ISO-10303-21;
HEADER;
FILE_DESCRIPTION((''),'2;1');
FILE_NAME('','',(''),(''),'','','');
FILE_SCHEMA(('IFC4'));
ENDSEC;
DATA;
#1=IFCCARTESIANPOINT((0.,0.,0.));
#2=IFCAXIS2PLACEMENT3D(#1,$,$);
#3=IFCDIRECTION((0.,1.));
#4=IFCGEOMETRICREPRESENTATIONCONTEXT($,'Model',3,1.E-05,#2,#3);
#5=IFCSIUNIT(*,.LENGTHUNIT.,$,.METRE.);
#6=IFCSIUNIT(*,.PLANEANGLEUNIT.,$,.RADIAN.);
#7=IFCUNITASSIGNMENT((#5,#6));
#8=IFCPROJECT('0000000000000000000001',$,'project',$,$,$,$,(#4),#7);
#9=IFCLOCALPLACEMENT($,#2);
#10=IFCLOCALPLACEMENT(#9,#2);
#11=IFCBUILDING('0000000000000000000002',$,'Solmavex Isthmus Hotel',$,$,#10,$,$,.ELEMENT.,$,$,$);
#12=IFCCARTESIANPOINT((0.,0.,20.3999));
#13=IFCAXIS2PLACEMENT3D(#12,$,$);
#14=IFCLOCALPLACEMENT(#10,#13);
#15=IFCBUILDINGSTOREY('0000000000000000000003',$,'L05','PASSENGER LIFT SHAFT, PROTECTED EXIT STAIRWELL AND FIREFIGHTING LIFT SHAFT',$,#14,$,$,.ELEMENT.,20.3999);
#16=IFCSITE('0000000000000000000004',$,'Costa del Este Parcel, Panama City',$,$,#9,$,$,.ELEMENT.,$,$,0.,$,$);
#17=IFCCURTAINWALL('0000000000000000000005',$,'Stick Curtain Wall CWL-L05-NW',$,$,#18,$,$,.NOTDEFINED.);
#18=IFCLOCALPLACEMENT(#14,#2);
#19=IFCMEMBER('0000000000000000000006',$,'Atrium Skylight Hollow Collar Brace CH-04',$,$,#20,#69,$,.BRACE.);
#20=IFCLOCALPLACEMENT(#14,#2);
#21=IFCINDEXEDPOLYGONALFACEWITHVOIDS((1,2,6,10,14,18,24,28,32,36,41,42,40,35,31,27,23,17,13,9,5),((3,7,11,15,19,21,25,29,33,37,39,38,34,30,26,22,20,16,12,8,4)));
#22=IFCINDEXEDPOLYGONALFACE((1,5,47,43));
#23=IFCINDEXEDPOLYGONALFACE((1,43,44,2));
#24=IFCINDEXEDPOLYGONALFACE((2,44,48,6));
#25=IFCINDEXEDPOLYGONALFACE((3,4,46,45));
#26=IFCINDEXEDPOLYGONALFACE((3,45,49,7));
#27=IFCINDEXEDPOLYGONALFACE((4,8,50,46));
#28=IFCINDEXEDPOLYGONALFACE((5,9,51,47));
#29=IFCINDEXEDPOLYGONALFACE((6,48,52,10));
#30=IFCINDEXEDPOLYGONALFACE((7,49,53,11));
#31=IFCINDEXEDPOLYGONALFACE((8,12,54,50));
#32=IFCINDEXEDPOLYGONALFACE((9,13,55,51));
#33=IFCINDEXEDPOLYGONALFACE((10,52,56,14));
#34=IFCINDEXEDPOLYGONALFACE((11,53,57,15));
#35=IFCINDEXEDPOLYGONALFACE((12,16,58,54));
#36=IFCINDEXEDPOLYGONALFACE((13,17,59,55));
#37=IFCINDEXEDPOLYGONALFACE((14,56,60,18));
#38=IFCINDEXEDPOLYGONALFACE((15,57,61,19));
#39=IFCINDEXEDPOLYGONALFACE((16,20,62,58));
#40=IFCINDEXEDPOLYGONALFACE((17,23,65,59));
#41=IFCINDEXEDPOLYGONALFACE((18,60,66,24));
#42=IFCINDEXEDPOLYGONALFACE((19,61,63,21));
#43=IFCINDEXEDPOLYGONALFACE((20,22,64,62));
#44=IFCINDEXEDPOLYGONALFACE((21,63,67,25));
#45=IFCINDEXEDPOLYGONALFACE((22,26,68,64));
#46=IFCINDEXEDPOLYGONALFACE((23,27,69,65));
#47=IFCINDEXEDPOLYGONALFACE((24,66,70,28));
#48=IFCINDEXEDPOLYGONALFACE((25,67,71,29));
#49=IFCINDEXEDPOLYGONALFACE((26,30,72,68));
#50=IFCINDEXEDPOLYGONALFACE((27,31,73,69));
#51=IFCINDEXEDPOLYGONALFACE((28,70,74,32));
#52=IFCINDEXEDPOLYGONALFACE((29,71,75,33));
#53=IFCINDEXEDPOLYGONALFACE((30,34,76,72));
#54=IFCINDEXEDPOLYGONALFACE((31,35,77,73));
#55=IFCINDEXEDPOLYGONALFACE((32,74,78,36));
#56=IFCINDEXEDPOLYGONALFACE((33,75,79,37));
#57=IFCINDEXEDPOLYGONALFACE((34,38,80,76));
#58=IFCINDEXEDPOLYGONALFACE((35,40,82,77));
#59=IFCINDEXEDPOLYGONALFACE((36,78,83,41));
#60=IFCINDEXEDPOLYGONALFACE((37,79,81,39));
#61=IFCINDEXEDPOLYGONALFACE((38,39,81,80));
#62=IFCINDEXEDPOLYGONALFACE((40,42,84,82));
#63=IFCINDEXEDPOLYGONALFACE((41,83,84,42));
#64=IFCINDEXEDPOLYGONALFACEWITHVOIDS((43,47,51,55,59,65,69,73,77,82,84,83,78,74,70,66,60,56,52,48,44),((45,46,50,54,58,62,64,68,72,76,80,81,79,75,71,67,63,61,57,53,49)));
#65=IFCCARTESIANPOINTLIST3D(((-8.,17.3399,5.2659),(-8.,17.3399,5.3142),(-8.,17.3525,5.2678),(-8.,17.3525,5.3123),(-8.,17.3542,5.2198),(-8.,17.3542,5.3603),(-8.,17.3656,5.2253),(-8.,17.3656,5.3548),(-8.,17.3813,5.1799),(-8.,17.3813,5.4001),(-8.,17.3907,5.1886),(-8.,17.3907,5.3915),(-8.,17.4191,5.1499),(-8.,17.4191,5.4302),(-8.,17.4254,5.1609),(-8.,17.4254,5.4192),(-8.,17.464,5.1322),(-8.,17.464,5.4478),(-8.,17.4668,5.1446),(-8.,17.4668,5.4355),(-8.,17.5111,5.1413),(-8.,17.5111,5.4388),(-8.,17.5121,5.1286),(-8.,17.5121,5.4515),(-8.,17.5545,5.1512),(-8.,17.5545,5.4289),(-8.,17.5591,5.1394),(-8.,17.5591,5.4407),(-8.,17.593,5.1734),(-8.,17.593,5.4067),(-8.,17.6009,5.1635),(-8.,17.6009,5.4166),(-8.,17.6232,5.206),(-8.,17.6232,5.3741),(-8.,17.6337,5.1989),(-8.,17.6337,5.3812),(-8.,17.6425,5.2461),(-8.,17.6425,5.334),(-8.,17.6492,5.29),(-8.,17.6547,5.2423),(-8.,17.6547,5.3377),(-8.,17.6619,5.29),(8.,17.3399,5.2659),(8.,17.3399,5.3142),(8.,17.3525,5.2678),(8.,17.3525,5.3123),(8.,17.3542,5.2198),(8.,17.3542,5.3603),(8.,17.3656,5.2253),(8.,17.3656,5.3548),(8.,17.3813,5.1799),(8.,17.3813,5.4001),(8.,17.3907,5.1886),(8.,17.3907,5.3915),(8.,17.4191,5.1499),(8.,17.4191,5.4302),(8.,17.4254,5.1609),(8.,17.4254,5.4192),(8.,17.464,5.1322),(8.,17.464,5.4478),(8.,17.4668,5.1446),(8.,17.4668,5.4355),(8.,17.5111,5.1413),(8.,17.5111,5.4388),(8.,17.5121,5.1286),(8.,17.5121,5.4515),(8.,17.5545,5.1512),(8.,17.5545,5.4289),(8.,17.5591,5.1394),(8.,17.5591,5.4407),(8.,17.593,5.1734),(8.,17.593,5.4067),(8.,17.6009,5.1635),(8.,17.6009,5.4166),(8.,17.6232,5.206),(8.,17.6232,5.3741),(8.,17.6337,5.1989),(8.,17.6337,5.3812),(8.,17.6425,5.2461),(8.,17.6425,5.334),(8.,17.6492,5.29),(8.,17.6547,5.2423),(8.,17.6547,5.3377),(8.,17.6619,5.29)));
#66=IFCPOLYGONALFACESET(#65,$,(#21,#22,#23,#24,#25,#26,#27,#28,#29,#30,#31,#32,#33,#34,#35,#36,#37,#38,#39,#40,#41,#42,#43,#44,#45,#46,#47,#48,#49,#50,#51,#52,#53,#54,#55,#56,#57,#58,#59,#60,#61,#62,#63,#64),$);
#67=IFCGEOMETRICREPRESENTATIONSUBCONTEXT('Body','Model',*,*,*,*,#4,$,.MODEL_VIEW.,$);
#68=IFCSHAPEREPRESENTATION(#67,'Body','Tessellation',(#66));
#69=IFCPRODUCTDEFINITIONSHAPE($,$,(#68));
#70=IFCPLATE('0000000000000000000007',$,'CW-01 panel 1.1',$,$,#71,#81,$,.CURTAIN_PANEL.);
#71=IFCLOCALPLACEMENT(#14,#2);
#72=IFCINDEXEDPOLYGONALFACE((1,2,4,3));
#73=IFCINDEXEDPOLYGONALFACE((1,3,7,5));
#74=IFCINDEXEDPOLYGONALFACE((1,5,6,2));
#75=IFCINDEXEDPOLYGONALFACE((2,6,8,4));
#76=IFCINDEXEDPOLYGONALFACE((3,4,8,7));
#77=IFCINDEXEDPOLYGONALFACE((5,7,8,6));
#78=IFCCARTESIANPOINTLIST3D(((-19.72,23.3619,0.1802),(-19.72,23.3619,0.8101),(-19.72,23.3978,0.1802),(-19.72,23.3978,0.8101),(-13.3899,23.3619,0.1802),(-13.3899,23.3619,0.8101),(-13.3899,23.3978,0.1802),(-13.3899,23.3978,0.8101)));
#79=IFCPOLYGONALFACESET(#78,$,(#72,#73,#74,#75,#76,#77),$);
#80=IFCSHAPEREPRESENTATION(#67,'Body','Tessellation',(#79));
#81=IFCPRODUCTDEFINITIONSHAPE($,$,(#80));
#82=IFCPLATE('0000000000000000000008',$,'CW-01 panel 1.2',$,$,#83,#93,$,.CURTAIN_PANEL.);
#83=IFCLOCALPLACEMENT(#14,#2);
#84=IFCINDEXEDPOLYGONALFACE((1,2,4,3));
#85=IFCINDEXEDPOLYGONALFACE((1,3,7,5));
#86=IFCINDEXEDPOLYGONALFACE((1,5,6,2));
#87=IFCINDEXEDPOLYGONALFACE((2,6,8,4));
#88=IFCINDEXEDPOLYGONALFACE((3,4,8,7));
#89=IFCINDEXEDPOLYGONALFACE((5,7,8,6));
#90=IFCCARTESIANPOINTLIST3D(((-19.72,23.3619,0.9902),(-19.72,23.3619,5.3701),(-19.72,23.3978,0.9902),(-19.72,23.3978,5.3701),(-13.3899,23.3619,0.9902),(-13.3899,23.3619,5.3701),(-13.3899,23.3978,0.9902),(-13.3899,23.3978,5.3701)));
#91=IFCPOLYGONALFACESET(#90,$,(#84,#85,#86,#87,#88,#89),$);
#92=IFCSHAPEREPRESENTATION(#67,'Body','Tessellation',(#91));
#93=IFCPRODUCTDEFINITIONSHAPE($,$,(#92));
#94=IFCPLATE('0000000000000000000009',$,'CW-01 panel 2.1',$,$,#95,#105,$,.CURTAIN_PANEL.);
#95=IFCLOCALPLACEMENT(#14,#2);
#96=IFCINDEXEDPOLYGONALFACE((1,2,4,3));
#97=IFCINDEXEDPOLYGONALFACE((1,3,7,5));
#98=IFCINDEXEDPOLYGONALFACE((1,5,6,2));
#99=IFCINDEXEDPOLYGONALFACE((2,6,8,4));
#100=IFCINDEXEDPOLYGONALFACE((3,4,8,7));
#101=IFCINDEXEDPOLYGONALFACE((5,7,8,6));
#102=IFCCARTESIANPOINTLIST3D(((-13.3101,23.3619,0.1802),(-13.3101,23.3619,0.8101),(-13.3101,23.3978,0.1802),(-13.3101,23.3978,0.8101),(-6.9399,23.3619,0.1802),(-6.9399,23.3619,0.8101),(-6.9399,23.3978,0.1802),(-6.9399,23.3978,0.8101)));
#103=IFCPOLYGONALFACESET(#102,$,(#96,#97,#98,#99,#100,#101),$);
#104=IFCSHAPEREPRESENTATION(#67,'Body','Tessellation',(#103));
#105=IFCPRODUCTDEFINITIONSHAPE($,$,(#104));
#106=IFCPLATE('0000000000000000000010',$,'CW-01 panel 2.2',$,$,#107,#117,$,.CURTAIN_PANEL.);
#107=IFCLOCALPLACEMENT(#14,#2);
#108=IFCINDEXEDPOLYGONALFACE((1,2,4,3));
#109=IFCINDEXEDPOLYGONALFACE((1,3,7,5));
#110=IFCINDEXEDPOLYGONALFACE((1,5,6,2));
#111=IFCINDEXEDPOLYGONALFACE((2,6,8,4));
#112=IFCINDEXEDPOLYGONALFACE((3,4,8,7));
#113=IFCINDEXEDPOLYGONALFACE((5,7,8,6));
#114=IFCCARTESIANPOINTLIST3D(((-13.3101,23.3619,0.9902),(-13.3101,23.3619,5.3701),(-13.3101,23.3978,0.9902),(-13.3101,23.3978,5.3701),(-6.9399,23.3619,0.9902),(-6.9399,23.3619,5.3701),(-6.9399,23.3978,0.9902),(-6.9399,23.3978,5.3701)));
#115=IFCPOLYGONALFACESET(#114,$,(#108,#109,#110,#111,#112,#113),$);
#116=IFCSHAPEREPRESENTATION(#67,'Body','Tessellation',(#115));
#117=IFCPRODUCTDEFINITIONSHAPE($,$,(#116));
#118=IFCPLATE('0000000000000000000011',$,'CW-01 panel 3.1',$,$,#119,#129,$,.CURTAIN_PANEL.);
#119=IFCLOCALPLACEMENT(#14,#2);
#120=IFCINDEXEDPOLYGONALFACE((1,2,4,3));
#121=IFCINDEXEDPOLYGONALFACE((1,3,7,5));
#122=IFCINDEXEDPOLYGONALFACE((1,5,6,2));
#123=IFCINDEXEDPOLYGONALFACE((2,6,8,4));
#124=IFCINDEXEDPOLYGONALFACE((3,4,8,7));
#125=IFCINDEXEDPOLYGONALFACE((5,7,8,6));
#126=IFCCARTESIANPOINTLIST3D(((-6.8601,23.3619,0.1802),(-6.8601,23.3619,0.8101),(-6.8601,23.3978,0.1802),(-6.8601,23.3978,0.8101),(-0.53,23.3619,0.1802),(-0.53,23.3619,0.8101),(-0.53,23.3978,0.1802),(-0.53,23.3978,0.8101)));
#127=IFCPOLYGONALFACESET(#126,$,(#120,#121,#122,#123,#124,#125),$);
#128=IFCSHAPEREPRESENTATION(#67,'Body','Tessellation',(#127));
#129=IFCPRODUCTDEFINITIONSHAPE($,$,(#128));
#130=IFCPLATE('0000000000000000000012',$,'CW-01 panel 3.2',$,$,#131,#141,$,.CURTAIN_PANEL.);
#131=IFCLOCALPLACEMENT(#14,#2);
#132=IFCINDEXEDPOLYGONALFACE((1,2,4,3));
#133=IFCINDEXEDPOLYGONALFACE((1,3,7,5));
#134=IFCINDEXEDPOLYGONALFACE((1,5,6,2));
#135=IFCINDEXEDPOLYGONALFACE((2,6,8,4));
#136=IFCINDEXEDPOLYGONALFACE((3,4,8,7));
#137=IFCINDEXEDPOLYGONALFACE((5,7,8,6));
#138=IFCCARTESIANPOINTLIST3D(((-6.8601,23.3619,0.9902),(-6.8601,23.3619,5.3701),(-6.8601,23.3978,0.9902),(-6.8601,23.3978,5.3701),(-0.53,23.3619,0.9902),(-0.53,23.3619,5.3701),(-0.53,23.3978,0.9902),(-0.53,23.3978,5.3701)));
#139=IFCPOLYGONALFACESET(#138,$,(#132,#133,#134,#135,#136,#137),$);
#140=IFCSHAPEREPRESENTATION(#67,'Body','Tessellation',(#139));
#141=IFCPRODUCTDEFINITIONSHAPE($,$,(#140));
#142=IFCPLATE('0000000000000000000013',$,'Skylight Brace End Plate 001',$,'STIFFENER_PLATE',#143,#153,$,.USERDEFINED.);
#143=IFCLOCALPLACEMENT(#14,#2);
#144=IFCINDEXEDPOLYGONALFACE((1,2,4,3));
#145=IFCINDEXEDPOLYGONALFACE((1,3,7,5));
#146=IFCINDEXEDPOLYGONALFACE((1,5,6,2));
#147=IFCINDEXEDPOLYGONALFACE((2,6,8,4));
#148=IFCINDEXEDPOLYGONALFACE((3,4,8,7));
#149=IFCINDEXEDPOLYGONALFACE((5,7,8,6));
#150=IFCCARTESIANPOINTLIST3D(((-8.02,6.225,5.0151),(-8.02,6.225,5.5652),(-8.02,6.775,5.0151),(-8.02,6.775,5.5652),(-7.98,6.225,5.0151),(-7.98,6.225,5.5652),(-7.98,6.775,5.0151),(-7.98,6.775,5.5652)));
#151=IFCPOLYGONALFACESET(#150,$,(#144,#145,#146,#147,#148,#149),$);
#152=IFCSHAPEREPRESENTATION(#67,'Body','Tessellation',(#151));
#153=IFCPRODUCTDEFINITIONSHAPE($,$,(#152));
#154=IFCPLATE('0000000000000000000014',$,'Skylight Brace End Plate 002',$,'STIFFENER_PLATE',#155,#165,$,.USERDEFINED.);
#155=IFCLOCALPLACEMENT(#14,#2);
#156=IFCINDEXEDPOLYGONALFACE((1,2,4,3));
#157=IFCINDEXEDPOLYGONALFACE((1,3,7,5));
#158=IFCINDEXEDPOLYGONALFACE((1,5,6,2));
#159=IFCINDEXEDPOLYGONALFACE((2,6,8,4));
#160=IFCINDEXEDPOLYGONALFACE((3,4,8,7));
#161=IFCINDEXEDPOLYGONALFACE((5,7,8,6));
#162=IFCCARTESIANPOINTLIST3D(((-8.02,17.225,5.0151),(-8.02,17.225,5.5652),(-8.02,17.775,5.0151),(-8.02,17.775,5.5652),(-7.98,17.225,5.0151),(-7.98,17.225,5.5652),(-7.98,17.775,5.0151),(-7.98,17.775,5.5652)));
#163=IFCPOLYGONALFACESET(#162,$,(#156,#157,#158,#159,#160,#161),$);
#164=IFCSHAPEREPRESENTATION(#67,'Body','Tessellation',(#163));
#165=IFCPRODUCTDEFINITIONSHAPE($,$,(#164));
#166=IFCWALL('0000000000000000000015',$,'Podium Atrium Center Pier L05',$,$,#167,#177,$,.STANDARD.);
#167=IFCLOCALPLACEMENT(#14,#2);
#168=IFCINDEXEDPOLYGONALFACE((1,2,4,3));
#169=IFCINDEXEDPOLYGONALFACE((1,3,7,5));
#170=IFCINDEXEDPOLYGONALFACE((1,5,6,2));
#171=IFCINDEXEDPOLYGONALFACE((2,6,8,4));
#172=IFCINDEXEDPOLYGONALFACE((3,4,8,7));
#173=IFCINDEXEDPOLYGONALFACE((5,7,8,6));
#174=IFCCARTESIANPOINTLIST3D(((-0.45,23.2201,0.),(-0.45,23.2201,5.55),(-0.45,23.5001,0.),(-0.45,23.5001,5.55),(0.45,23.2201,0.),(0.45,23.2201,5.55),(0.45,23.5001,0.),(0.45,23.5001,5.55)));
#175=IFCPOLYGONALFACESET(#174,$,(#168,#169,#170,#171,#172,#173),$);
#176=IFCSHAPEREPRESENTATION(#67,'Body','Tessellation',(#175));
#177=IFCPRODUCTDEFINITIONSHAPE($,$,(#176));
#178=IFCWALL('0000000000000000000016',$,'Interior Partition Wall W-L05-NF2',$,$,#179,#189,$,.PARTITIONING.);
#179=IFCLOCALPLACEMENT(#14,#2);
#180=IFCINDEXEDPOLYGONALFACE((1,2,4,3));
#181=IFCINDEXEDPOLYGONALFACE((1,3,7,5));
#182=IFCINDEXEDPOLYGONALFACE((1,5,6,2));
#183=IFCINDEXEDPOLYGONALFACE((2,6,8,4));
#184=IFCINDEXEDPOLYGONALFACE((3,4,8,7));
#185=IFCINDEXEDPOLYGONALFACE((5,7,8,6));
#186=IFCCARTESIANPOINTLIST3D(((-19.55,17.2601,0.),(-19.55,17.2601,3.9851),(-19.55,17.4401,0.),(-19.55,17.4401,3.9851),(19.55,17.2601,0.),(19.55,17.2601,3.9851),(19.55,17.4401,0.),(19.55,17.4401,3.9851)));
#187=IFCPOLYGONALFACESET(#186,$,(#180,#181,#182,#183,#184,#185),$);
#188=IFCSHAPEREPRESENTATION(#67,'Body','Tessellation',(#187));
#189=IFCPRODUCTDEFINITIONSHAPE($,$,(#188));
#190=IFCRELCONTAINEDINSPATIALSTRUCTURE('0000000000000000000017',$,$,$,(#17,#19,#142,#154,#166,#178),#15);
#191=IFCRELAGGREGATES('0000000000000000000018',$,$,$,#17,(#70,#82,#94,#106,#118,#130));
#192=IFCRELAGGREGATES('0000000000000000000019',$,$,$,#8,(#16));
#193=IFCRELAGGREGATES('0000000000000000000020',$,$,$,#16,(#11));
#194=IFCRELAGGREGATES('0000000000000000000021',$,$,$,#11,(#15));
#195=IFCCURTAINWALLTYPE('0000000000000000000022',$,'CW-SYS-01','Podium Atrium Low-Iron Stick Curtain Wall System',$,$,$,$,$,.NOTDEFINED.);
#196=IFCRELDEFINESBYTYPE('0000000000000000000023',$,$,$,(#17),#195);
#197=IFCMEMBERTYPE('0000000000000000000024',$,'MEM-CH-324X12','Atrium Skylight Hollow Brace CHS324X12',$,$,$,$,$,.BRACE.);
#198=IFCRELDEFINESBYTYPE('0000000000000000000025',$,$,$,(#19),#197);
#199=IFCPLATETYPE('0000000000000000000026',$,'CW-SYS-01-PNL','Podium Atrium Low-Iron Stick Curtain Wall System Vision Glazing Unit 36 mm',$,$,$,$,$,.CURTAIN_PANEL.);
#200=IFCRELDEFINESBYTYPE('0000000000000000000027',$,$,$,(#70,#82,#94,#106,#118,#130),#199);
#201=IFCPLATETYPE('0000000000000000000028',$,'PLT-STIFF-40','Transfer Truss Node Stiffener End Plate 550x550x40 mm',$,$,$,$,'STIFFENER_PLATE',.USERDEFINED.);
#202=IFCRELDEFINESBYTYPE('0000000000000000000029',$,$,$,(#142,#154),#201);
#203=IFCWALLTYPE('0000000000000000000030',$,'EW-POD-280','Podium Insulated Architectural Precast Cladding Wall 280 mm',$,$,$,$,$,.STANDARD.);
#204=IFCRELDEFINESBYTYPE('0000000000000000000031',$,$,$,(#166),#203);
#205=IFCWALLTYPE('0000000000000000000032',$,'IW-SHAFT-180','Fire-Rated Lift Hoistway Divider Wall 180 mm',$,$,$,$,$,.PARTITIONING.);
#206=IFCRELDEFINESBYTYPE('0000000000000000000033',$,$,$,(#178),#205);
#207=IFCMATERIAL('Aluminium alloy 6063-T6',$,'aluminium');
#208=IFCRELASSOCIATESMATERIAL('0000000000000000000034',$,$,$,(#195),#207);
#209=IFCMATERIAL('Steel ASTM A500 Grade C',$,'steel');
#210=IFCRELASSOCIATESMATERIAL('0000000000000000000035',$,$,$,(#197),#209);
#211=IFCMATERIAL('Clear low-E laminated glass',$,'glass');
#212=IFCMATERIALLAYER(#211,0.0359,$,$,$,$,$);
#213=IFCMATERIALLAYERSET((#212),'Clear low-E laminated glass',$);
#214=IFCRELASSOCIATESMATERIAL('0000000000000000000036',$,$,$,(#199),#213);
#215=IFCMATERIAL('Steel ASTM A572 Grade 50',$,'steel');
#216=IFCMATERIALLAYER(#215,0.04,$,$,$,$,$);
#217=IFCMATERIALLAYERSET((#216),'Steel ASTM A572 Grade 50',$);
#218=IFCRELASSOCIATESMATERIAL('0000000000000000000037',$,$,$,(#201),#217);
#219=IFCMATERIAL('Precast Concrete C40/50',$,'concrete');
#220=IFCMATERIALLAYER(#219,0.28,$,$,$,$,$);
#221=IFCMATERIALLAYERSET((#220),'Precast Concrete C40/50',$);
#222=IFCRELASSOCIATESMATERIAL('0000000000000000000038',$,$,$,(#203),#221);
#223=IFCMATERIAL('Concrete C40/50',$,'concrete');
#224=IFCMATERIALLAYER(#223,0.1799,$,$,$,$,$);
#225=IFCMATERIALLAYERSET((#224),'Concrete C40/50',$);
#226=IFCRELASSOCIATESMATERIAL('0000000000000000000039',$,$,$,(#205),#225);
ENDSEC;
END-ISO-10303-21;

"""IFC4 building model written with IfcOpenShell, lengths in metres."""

from ifc_helpers import new_model, si_unit, direction, frame, frame_2d, origin, origin_2d, place, context, subcontext, project, spatial, rectangle, hollow_circle, extrude, material, layer, layer_set, material_profile, profile_set, type_object, element, aggregate, save


model = new_model("IFC4")

# Units and contexts
model_context = context("Model", 3, precision=1e-05, world=origin(), true_north=direction((0.0, 1.0)))
body_context = subcontext(model_context, "Body", "Model", "MODEL_VIEW")
ifc_project = project(units=[si_unit("LENGTHUNIT", "METRE"), si_unit("PLANEANGLEUNIT", "RADIAN")], contexts=[model_context])

# Site, building, storey
site_placement = place(None, origin())
site = spatial("IfcSite", under=ifc_project, at=site_placement, Name="Costa del Este Parcel, Panama City", CompositionType="ELEMENT", RefElevation=0.0)
building_placement = place(site_placement, origin())
building = spatial("IfcBuilding", under=site, at=building_placement, Name="Solmavex Isthmus Hotel", CompositionType="ELEMENT")
storey_placement = place(building_placement, frame((0.0, 0.0, 20.3999)))
storey = spatial("IfcBuildingStorey", under=building, at=storey_placement, Name="L05", Description="PASSENGER LIFT SHAFT, PROTECTED EXIT STAIRWELL AND FIREFIGHTING LIFT SHAFT", CompositionType="ELEMENT", Elevation=20.3999)

# Curtain wall
ifc_material_1 = material(Name="Aluminium alloy 6063-T6", Category="aluminium")
curtain_wall_type = type_object("IfcCurtainWallType", Name="CW-SYS-01", Description="Podium Atrium Low-Iron Stick Curtain Wall System", PredefinedType="NOTDEFINED", material=ifc_material_1)
curtain_wall_placement = place(storey_placement, origin())
curtain_wall = element("IfcCurtainWall", 1, at=curtain_wall_placement, inside=storey, type_object=curtain_wall_type, Name="Stick Curtain Wall CWL-L05-NW", PredefinedType="NOTDEFINED")

# Member
ifc_material_2 = material(Name="Steel ASTM A500 Grade C", Category="steel")
ifc_material_profile_1 = material_profile(ifc_material_2, hollow_circle(Radius=0.1619, WallThickness=0.0127, at=origin_2d()), Name="CHS324X12")
ifc_profile_set_1 = profile_set([ifc_material_profile_1], Name="Steel ASTM A500 Grade C")
member_type_1 = type_object("IfcMemberType", Name="MEM-CH-324X12", Description="Atrium Skylight Hollow Brace CHS324X12", PredefinedType="BRACE", material=ifc_profile_set_1)
for number, where, z_axis, x_axis, name in (
    (2, (-8.0, 17.5, 5.29), (1.0, 0.0, 0.0), (0.0, 1.0, 0.0), "Atrium Skylight Hollow Collar Brace CH-04"),
):
    element("IfcMember", number, at=place(storey_placement, frame(where, z_axis=z_axis, x_axis=x_axis)), inside=storey, type_object=member_type_1, Name=name, PredefinedType="BRACE", context=body_context, shape_type="SweptSolid", body=[
        extrude(hollow_circle(Radius=0.1619, WallThickness=0.0127, at=origin_2d()), origin(), (0.0, 0.0, 1.0), 16.0),
    ])

# Plates
ifc_material_3 = material(Name="Clear low-E laminated glass", Category="glass")
ifc_layer_1 = layer(ifc_material_3, 0.0359)
ifc_layer_set_1 = layer_set([ifc_layer_1], Name="Clear low-E laminated glass")
plate_type_1 = type_object("IfcPlateType", Name="CW-SYS-01-PNL", Description="Podium Atrium Low-Iron Stick Curtain Wall System Vision Glazing Unit 36 mm", PredefinedType="CURTAIN_PANEL", material=ifc_layer_set_1)
plate_1_placement = place(storey_placement, frame((-16.5549, 23.3799, 0.1802), z_axis=(0.0, 0.0, 1.0), x_axis=(1.0, 0.0, 0.0)))
plate_1 = element("IfcPlate", 3, at=plate_1_placement, type_object=plate_type_1, Name="CW-01 panel 1.1", PredefinedType="CURTAIN_PANEL", context=body_context, shape_type="SweptSolid", body=[
    extrude(rectangle(XDim=6.3301, YDim=0.0359, at=origin_2d()), origin(), (0.0, 0.0, 1.0), 0.6299),
])
plate_2_placement = place(storey_placement, frame((-16.5549, 23.3799, 0.9902), z_axis=(0.0, 0.0, 1.0), x_axis=(1.0, 0.0, 0.0)))
plate_2 = element("IfcPlate", 4, at=plate_2_placement, type_object=plate_type_1, Name="CW-01 panel 1.2", PredefinedType="CURTAIN_PANEL", context=body_context, shape_type="SweptSolid", body=[
    extrude(rectangle(XDim=6.3301, YDim=0.0359, at=origin_2d()), origin(), (0.0, 0.0, 1.0), 4.3799),
])
plate_3_placement = place(storey_placement, frame((-10.125, 23.3799, 0.1802), z_axis=(0.0, 0.0, 1.0), x_axis=(1.0, 0.0, 0.0)))
plate_3 = element("IfcPlate", 5, at=plate_3_placement, type_object=plate_type_1, Name="CW-01 panel 2.1", PredefinedType="CURTAIN_PANEL", context=body_context, shape_type="SweptSolid", body=[
    extrude(rectangle(XDim=6.3701, YDim=0.0359, at=origin_2d()), origin(), (0.0, 0.0, 1.0), 0.6299),
])
plate_4_placement = place(storey_placement, frame((-10.125, 23.3799, 0.9902), z_axis=(0.0, 0.0, 1.0), x_axis=(1.0, 0.0, 0.0)))
plate_4 = element("IfcPlate", 6, at=plate_4_placement, type_object=plate_type_1, Name="CW-01 panel 2.2", PredefinedType="CURTAIN_PANEL", context=body_context, shape_type="SweptSolid", body=[
    extrude(rectangle(XDim=6.3701, YDim=0.0359, at=origin_2d()), origin(), (0.0, 0.0, 1.0), 4.3799),
])
plate_5_placement = place(storey_placement, frame((-3.6951, 23.3799, 0.1802), z_axis=(0.0, 0.0, 1.0), x_axis=(1.0, 0.0, 0.0)))
plate_5 = element("IfcPlate", 7, at=plate_5_placement, type_object=plate_type_1, Name="CW-01 panel 3.1", PredefinedType="CURTAIN_PANEL", context=body_context, shape_type="SweptSolid", body=[
    extrude(rectangle(XDim=6.3301, YDim=0.0359, at=origin_2d()), origin(), (0.0, 0.0, 1.0), 0.6299),
])
plate_6_placement = place(storey_placement, frame((-3.6951, 23.3799, 0.9902), z_axis=(0.0, 0.0, 1.0), x_axis=(1.0, 0.0, 0.0)))
plate_6 = element("IfcPlate", 8, at=plate_6_placement, type_object=plate_type_1, Name="CW-01 panel 3.2", PredefinedType="CURTAIN_PANEL", context=body_context, shape_type="SweptSolid", body=[
    extrude(rectangle(XDim=6.3301, YDim=0.0359, at=origin_2d()), origin(), (0.0, 0.0, 1.0), 4.3799),
])
aggregate(curtain_wall, [plate_1, plate_2, plate_3, plate_4, plate_5, plate_6])

# Plates
ifc_material_4 = material(Name="Steel ASTM A572 Grade 50", Category="steel")
ifc_layer_2 = layer(ifc_material_4, 0.04)
ifc_layer_set_2 = layer_set([ifc_layer_2], Name="Steel ASTM A572 Grade 50")
plate_type_2 = type_object("IfcPlateType", Name="PLT-STIFF-40", Description="Transfer Truss Node Stiffener End Plate 550x550x40 mm", ElementType="STIFFENER_PLATE", PredefinedType="USERDEFINED", material=ifc_layer_set_2)
for number, where, z_axis, x_axis, name in (
    (9, (-8.0, 6.5, 5.0151), (0.0, 0.0, 1.0), (0.0, 1.0, 0.0), "Skylight Brace End Plate 001"),
    (10, (-8.0, 17.5, 5.0151), (0.0, 0.0, 1.0), (0.0, 1.0, 0.0), "Skylight Brace End Plate 002"),
):
    element("IfcPlate", number, at=place(storey_placement, frame(where, z_axis=z_axis, x_axis=x_axis)), inside=storey, type_object=plate_type_2, Name=name, ObjectType="STIFFENER_PLATE", PredefinedType="USERDEFINED", context=body_context, shape_type="SweptSolid", body=[
        extrude(rectangle(XDim=0.55, YDim=0.04, at=origin_2d()), origin(), (0.0, 0.0, 1.0), 0.55),
    ])

# Walls
ifc_material_5 = material(Name="Precast Concrete C40/50", Category="concrete")
ifc_layer_3 = layer(ifc_material_5, 0.28)
ifc_layer_set_3 = layer_set([ifc_layer_3], Name="Precast Concrete C40/50")
wall_type_1 = type_object("IfcWallType", Name="EW-POD-280", Description="Podium Insulated Architectural Precast Cladding Wall 280 mm", PredefinedType="STANDARD", material=ifc_layer_set_3)
wall_1_placement = place(storey_placement, frame((-0.45, 23.3601, 0.0), z_axis=(0.0, 0.0, 1.0), x_axis=(1.0, 0.0, 0.0)))
element("IfcWall", 11, at=wall_1_placement, inside=storey, type_object=wall_type_1, Name="Podium Atrium Center Pier L05", PredefinedType="STANDARD", context=body_context, shape_type="SweptSolid", body=[
    extrude(rectangle(XDim=0.8999, YDim=0.28, at=frame_2d((0.45, 0.0))), origin(), (0.0, 0.0, 1.0), 5.55),
])
ifc_material_6 = material(Name="Concrete C40/50", Category="concrete")
ifc_layer_4 = layer(ifc_material_6, 0.1799)
ifc_layer_set_4 = layer_set([ifc_layer_4], Name="Concrete C40/50")
wall_type_2 = type_object("IfcWallType", Name="IW-SHAFT-180", Description="Fire-Rated Lift Hoistway Divider Wall 180 mm", PredefinedType="PARTITIONING", material=ifc_layer_set_4)
wall_2_placement = place(storey_placement, frame((-19.55, 17.3501, 0.0), z_axis=(0.0, 0.0, 1.0), x_axis=(1.0, 0.0, 0.0)))
element("IfcWall", 12, at=wall_2_placement, inside=storey, type_object=wall_type_2, Name="Interior Partition Wall W-L05-NF2", PredefinedType="PARTITIONING", context=body_context, shape_type="SweptSolid", body=[
    extrude(rectangle(XDim=39.1001, YDim=0.1799, at=frame_2d((19.55, 0.0))), origin(), (0.0, 0.0, 1.0), 3.9851),
])

save(model, "model.ifc")
